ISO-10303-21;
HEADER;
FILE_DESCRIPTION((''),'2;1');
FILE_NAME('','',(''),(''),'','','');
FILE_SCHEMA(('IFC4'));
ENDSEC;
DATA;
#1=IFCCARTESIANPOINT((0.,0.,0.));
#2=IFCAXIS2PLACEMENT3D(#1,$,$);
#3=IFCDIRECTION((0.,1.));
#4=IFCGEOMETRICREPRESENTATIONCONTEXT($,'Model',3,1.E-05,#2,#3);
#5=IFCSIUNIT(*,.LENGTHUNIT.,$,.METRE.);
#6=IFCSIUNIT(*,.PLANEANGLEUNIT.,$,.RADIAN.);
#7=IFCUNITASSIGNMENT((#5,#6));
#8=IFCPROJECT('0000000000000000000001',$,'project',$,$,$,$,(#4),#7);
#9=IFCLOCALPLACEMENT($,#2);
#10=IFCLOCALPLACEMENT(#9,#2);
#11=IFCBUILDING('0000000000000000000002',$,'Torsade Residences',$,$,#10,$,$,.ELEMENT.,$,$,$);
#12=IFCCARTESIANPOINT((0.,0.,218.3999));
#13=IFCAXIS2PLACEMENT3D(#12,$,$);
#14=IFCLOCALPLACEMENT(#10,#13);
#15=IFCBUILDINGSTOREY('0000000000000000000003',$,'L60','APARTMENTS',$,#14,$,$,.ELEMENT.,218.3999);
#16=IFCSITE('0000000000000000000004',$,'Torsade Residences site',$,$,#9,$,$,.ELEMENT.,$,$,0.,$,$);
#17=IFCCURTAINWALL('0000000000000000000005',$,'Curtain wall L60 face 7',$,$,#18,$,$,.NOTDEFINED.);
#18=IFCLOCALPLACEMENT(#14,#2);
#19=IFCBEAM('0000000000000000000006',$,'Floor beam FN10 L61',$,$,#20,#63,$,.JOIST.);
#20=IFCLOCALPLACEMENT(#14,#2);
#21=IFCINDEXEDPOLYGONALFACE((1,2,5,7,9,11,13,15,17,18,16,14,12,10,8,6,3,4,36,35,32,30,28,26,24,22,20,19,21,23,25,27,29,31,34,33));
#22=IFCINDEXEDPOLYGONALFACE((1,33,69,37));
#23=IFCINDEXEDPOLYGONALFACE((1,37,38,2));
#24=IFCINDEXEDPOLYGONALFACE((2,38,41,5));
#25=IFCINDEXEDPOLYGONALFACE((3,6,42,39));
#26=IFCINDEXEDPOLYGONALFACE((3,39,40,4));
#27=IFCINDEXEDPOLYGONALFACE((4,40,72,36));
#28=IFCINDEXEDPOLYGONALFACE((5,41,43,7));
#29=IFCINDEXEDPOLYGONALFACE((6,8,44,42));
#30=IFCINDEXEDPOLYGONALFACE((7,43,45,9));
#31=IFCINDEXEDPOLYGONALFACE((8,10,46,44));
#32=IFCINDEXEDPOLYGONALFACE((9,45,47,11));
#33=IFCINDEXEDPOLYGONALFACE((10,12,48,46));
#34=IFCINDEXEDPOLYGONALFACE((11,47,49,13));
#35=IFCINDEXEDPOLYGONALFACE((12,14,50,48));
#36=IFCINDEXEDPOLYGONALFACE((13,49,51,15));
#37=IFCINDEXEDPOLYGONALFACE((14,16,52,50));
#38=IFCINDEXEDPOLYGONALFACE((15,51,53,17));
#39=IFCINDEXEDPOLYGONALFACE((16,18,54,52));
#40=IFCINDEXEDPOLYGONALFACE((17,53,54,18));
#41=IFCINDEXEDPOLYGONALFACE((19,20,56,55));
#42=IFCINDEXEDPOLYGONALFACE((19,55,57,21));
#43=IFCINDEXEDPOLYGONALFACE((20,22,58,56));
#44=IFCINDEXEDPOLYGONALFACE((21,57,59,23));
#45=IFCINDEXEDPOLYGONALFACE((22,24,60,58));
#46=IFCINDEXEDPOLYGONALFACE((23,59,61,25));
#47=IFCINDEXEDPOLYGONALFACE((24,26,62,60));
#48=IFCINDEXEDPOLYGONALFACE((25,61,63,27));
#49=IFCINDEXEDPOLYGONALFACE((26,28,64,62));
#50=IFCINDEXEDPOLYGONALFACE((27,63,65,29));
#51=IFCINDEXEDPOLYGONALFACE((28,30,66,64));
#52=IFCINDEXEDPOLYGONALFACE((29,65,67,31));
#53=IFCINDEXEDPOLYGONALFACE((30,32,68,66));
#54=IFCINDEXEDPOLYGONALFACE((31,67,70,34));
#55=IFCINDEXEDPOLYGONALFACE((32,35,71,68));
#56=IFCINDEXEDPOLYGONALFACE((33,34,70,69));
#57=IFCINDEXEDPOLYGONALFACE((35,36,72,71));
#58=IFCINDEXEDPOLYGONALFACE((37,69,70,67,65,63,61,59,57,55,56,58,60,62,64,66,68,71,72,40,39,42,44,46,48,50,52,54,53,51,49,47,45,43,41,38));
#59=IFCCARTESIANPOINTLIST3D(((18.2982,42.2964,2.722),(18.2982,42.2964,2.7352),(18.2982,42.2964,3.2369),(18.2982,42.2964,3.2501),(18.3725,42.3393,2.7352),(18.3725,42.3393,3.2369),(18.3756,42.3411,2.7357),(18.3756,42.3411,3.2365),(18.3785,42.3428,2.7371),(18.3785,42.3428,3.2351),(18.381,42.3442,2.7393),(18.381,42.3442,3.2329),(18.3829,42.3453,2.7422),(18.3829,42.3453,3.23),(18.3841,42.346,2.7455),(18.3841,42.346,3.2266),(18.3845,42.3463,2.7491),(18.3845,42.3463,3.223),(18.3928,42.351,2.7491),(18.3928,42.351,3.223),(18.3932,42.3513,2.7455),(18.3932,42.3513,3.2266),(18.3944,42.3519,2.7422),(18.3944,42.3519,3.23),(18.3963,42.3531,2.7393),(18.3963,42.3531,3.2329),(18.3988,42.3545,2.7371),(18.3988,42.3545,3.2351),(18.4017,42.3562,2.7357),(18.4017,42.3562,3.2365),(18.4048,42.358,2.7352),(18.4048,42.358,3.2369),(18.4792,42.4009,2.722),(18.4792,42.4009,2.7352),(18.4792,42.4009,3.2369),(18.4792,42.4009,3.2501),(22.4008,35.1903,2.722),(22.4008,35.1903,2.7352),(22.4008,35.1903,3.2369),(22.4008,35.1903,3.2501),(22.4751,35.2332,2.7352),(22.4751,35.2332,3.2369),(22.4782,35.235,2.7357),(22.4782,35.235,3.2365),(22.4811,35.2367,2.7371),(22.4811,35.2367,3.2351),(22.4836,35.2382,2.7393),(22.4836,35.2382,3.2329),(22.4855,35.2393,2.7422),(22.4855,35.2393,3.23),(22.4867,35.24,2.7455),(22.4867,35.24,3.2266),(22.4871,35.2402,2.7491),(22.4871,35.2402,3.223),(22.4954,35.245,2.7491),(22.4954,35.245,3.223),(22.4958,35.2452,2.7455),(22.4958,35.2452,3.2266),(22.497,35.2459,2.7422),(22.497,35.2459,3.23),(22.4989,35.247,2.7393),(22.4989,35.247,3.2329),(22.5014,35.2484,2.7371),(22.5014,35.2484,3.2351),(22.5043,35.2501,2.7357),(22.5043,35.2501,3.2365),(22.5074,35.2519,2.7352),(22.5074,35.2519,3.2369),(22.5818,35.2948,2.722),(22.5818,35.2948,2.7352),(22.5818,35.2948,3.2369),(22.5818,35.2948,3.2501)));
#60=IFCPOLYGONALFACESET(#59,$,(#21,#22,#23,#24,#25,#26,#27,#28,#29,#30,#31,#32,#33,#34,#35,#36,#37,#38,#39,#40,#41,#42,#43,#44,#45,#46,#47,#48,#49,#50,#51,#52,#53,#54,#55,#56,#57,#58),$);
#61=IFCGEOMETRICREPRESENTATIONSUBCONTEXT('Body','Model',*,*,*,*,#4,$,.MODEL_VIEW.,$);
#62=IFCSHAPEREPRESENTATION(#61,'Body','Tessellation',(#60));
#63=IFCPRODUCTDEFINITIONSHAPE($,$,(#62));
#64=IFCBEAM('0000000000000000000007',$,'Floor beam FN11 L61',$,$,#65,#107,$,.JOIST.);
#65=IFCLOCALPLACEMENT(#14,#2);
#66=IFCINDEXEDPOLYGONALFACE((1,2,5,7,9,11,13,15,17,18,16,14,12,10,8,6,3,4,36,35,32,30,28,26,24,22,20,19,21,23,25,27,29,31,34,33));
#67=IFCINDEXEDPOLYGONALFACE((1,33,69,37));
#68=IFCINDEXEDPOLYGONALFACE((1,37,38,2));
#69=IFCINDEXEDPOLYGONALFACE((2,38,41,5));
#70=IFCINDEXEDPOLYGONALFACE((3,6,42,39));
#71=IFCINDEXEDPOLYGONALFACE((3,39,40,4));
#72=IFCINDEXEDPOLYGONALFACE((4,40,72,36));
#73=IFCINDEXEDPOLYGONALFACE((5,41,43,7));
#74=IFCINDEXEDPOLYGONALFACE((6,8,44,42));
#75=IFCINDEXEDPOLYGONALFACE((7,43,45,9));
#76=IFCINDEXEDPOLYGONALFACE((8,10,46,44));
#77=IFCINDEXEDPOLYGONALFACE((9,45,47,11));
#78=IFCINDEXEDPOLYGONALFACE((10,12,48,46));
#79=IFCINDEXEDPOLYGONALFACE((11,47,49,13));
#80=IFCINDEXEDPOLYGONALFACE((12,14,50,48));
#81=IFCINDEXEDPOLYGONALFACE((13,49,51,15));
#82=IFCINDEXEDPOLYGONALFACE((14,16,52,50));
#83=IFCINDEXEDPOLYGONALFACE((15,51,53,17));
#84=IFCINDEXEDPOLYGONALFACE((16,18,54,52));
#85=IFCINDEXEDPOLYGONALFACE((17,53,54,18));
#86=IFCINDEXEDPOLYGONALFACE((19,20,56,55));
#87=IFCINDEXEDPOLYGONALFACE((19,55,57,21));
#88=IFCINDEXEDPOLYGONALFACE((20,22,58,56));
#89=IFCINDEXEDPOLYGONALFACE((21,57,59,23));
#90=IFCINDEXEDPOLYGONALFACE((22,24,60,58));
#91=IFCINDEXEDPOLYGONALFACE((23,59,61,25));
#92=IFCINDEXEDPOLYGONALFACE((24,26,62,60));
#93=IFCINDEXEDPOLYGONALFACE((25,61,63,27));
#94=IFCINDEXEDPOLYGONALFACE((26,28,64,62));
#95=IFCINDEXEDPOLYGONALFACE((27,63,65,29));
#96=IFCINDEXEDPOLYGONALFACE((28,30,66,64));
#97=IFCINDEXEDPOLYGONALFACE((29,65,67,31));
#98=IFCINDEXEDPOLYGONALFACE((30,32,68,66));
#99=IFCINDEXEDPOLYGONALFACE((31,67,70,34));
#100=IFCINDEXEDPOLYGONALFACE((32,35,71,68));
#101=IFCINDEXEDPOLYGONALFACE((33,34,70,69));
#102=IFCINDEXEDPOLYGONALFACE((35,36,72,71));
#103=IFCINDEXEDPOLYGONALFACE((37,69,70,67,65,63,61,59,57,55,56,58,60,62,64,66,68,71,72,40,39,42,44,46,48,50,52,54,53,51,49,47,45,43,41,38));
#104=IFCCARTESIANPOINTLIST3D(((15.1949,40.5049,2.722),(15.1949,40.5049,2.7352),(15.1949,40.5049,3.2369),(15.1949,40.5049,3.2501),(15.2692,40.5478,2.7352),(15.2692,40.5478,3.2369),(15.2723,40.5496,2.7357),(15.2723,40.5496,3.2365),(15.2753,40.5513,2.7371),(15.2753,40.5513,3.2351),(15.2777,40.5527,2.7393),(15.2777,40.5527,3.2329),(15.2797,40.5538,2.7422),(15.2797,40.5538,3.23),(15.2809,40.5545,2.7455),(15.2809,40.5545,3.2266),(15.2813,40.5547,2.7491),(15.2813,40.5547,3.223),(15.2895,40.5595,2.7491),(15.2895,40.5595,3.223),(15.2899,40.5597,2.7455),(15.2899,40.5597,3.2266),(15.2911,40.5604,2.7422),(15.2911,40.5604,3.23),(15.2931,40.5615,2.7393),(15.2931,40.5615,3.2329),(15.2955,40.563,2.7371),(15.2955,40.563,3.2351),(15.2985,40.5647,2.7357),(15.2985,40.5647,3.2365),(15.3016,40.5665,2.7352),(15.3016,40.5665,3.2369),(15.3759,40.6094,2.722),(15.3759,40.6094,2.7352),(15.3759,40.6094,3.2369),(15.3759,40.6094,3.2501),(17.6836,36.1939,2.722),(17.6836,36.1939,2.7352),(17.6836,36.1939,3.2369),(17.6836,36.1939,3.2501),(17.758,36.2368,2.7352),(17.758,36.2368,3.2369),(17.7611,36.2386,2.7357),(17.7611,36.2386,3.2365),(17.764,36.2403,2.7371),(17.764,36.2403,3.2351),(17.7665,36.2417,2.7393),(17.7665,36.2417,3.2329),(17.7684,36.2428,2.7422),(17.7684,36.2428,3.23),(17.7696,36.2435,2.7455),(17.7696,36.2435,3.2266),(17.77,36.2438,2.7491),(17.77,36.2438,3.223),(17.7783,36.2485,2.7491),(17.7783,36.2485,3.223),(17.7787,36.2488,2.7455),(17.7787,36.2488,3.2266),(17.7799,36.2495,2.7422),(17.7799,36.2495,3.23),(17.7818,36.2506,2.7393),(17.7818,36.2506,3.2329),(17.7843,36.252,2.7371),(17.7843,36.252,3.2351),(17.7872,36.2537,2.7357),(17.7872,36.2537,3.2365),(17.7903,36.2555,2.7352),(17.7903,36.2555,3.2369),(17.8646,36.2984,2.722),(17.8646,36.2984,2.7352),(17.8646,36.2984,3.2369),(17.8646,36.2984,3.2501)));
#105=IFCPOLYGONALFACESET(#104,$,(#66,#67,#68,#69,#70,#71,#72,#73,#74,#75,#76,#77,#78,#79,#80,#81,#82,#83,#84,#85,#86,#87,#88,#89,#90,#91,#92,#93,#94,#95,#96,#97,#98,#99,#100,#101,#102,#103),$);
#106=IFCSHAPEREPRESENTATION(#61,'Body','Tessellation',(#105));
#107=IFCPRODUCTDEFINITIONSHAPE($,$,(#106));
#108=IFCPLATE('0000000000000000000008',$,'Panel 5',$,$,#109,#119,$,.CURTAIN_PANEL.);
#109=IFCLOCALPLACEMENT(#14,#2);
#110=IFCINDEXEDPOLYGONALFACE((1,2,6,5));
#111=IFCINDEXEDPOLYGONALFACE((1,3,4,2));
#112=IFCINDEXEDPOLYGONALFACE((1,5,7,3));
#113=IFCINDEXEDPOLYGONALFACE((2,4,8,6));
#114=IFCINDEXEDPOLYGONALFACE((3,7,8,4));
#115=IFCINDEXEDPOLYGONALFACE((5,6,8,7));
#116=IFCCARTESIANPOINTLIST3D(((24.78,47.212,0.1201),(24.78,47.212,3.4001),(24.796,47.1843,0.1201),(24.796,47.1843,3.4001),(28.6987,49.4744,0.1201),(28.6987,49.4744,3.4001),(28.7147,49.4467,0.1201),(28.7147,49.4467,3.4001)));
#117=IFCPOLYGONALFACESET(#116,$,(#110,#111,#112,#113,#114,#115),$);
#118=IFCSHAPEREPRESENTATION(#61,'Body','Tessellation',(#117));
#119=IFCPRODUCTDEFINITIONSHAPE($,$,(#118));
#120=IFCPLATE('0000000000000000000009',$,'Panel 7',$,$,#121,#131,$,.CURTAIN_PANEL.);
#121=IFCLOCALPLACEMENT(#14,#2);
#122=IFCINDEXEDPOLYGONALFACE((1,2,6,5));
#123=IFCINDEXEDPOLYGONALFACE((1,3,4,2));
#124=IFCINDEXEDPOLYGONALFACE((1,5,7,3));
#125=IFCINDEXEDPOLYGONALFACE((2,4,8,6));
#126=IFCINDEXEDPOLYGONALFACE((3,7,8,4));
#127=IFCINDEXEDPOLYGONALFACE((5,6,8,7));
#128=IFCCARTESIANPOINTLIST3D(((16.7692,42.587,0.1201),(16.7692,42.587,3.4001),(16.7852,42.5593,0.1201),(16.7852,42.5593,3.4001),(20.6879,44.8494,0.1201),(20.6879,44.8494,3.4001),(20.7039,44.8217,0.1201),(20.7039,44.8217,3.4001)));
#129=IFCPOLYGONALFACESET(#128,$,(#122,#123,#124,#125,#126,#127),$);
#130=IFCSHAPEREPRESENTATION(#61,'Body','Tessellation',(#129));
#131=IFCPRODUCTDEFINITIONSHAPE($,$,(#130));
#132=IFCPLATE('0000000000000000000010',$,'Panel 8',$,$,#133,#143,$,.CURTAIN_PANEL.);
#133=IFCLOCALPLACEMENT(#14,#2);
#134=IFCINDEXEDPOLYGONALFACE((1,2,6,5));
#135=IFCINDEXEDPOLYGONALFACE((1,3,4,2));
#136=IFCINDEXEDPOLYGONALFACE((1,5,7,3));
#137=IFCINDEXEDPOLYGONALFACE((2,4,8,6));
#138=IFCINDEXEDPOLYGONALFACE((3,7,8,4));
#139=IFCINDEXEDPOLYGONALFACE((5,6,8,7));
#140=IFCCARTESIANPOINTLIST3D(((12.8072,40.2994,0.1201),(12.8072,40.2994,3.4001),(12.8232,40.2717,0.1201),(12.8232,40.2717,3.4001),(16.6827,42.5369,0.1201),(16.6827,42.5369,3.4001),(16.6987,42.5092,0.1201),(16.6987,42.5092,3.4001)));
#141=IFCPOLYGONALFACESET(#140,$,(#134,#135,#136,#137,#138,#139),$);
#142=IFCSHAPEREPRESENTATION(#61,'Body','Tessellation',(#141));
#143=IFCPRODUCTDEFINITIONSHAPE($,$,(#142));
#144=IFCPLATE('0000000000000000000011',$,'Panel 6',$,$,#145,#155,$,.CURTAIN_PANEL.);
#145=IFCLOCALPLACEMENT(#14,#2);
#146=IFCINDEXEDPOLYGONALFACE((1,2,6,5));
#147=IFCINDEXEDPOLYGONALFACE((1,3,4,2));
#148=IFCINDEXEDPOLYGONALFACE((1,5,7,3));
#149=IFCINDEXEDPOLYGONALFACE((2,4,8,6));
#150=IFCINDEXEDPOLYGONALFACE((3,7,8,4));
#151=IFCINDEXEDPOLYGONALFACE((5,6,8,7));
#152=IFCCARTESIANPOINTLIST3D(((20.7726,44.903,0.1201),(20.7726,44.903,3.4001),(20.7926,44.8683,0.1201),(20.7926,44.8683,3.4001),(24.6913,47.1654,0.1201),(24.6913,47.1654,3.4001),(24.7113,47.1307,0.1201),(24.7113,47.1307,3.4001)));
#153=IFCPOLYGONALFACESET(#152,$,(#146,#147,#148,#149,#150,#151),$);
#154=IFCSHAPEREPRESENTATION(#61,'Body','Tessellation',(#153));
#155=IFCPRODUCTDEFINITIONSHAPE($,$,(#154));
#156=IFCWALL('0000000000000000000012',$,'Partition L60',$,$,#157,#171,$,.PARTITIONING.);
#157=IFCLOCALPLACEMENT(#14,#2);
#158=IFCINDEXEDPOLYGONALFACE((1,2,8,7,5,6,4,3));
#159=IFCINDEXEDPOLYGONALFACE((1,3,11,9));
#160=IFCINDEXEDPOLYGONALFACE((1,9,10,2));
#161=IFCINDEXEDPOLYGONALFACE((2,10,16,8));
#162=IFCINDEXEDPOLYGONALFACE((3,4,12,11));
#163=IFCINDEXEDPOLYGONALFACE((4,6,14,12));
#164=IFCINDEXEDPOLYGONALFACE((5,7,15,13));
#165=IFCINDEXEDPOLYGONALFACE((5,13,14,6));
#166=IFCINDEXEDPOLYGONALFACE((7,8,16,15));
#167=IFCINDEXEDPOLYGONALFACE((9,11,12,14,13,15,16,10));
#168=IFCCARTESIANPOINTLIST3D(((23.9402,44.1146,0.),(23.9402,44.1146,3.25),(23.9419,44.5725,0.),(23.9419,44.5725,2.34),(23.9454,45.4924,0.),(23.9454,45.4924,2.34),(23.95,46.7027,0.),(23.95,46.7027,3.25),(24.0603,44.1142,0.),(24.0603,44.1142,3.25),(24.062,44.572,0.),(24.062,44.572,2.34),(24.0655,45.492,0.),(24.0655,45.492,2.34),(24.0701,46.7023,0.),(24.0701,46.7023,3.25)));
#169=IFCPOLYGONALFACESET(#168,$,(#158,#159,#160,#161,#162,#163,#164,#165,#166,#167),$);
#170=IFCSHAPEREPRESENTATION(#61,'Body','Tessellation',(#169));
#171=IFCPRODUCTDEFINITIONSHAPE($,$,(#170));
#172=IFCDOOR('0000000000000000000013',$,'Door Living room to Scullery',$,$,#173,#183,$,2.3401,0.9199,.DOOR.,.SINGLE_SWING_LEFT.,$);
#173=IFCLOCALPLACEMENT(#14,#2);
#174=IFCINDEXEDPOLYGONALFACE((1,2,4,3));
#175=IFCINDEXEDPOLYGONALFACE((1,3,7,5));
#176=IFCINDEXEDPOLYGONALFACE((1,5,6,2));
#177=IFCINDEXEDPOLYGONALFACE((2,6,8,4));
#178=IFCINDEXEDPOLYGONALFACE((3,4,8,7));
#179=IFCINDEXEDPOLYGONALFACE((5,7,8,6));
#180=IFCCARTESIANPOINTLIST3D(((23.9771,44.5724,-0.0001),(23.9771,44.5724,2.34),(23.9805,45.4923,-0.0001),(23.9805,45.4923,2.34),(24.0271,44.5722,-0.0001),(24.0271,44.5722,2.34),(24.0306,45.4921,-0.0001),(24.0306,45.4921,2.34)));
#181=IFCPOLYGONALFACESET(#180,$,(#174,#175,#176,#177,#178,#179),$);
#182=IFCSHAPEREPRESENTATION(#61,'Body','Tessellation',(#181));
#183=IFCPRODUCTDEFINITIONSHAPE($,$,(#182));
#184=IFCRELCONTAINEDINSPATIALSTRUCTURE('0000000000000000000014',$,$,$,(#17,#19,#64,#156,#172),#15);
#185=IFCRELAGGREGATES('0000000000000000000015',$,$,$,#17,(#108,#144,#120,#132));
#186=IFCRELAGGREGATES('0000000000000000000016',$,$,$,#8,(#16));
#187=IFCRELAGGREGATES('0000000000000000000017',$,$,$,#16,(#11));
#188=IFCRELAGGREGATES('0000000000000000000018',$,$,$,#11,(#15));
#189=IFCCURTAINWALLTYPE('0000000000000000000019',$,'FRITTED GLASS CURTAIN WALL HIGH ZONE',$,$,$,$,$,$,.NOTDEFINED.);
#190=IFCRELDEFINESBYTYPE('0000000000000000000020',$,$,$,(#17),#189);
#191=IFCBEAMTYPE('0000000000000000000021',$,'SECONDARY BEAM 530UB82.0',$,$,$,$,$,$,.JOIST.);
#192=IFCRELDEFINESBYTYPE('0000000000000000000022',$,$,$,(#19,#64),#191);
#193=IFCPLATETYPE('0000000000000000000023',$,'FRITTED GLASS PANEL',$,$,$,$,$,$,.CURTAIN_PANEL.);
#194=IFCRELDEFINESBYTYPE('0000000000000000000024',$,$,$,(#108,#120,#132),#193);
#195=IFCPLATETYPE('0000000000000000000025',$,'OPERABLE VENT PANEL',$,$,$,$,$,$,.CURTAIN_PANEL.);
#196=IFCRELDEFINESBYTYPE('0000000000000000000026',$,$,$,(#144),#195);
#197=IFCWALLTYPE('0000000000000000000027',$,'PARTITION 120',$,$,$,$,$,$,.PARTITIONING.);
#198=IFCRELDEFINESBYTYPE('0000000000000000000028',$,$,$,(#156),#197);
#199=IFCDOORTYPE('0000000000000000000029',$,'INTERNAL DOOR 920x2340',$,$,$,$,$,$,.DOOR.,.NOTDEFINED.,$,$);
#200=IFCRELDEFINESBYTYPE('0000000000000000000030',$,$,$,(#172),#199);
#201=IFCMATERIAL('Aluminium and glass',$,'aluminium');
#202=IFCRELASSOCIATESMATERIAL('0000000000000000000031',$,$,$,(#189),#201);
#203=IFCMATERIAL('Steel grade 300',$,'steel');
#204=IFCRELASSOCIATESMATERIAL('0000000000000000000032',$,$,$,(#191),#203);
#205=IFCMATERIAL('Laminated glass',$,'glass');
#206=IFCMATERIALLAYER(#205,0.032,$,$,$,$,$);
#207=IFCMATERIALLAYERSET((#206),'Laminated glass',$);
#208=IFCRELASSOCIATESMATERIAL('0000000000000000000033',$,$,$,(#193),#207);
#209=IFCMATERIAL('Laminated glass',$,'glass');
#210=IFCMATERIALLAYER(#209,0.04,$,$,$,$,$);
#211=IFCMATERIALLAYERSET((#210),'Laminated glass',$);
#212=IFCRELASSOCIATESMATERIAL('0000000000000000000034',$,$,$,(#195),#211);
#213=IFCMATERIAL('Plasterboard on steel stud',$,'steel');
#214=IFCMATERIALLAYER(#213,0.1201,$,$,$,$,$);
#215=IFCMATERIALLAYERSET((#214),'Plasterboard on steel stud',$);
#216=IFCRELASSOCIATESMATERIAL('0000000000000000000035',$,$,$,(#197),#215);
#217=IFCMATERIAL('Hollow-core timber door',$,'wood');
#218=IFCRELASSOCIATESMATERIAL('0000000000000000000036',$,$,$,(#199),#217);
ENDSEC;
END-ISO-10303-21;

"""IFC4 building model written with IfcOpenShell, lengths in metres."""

from ifc_helpers import new_model, si_unit, direction, frame, frame_2d, origin, origin_2d, place, context, subcontext, project, spatial, rectangle, i_section, extrude, material, layer, layer_set, material_profile, profile_set, type_object, element, fill, aggregate, save


model = new_model("IFC4")

# Units and contexts
model_context = context("Model", 3, precision=1e-05, world=origin(), true_north=direction((0.0, 1.0)))
body_context = subcontext(model_context, "Body", "Model", "MODEL_VIEW")
ifc_project = project(units=[si_unit("LENGTHUNIT", "METRE"), si_unit("PLANEANGLEUNIT", "RADIAN")], contexts=[model_context])

# Site, building, storey
site_placement = place(None, origin())
site = spatial("IfcSite", under=ifc_project, at=site_placement, Name="Torsade Residences site", CompositionType="ELEMENT", RefElevation=0.0)
building_placement = place(site_placement, origin())
building = spatial("IfcBuilding", under=site, at=building_placement, Name="Torsade Residences", CompositionType="ELEMENT")
storey_placement = place(building_placement, frame((0.0, 0.0, 218.3999)))
storey = spatial("IfcBuildingStorey", under=building, at=storey_placement, Name="L60", Description="APARTMENTS", CompositionType="ELEMENT", Elevation=218.3999)

# Curtain wall
ifc_material_1 = material(Name="Aluminium and glass", Category="aluminium")
curtain_wall_type = type_object("IfcCurtainWallType", Name="FRITTED GLASS CURTAIN WALL HIGH ZONE", PredefinedType="NOTDEFINED", material=ifc_material_1)
curtain_wall_placement = place(storey_placement, origin())
curtain_wall = element("IfcCurtainWall", 1, at=curtain_wall_placement, inside=storey, type_object=curtain_wall_type, Name="Curtain wall L60 face 7", PredefinedType="NOTDEFINED")

# Beams
ifc_material_2 = material(Name="Steel grade 300", Category="steel")
ifc_material_profile_1 = material_profile(ifc_material_2, i_section(OverallWidth=0.209, OverallDepth=0.5281, WebThickness=0.0095, FlangeThickness=0.0132, FilletRadius=0.0139, at=origin_2d()), Name="530UB82.0")
ifc_profile_set_1 = profile_set([ifc_material_profile_1], Name="Steel grade 300")
beam_type_1 = type_object("IfcBeamType", Name="SECONDARY BEAM 530UB82.0", PredefinedType="JOIST", material=ifc_profile_set_1)
beam_1_placement = place(storey_placement, frame((18.3887, 42.3486, 2.9861), z_axis=(0.499992, -0.86603, 0.0), x_axis=(0.86603, 0.499992, 0.0)))
element("IfcBeam", 2, at=beam_1_placement, inside=storey, type_object=beam_type_1, Name="Floor beam FN10 L61", PredefinedType="JOIST", context=body_context, shape_type="SweptSolid", body=[
    extrude(i_section(OverallWidth=0.209, OverallDepth=0.5281, WebThickness=0.0095, FlangeThickness=0.0132, FilletRadius=0.0139, at=origin_2d()), origin(), (0.0, 0.0, 1.0), 8.2053),
])
beam_2_placement = place(storey_placement, frame((15.2854, 40.5571, 2.9861), z_axis=(0.499969, -0.866043, 0.0), x_axis=(0.866043, 0.499969, 0.0)))
element("IfcBeam", 3, at=beam_2_placement, inside=storey, type_object=beam_type_1, Name="Floor beam FN11 L61", PredefinedType="JOIST", context=body_context, shape_type="SweptSolid", body=[
    extrude(i_section(OverallWidth=0.209, OverallDepth=0.5281, WebThickness=0.0095, FlangeThickness=0.0132, FilletRadius=0.0139, at=origin_2d()), origin(), (0.0, 0.0, 1.0), 4.9778),
])

# Plates
ifc_material_3 = material(Name="Laminated glass", Category="glass")
ifc_layer_1 = layer(ifc_material_3, 0.032)
ifc_layer_set_1 = layer_set([ifc_layer_1], Name="Laminated glass")
plate_type_1 = type_object("IfcPlateType", Name="FRITTED GLASS PANEL", PredefinedType="CURTAIN_PANEL", material=ifc_layer_set_1)
plate_1_placement = place(storey_placement, frame((26.7473, 48.3293, 0.1201), z_axis=(0.0, 0.0, 1.0), x_axis=(-0.866025, -0.5, 0.0)))
plate_1 = element("IfcPlate", 4, at=plate_1_placement, type_object=plate_type_1, Name="Panel 5", PredefinedType="CURTAIN_PANEL", context=body_context, shape_type="SweptSolid", body=[
    extrude(rectangle(XDim=4.5249, YDim=0.032, at=origin_2d()), origin(), (0.0, 0.0, 1.0), 3.28),
])
plate_2_placement = place(storey_placement, frame((18.7366, 43.7043, 0.1201), z_axis=(0.0, 0.0, 1.0), x_axis=(-0.866025, -0.5, 0.0)))
plate_2 = element("IfcPlate", 5, at=plate_2_placement, type_object=plate_type_1, Name="Panel 7", PredefinedType="CURTAIN_PANEL", context=body_context, shape_type="SweptSolid", body=[
    extrude(rectangle(XDim=4.5249, YDim=0.032, at=origin_2d()), origin(), (0.0, 0.0, 1.0), 3.28),
])
plate_3_placement = place(storey_placement, frame((14.7529, 41.4043, 0.1201), z_axis=(0.0, 0.0, 1.0), x_axis=(-0.866025, -0.5, 0.0)))
plate_3 = element("IfcPlate", 6, at=plate_3_placement, type_object=plate_type_1, Name="Panel 8", PredefinedType="CURTAIN_PANEL", context=body_context, shape_type="SweptSolid", body=[
    extrude(rectangle(XDim=4.4751, YDim=0.032, at=origin_2d()), origin(), (0.0, 0.0, 1.0), 3.28),
])
ifc_material_4 = material(Name="Laminated glass", Category="glass")
ifc_layer_2 = layer(ifc_material_4, 0.04)
ifc_layer_set_2 = layer_set([ifc_layer_2], Name="Laminated glass")
plate_type_2 = type_object("IfcPlateType", Name="OPERABLE VENT PANEL", PredefinedType="CURTAIN_PANEL", material=ifc_layer_set_2)
plate_4_placement = place(storey_placement, frame((22.7419, 46.0168, 0.1201), z_axis=(0.0, 0.0, 1.0), x_axis=(-0.866025, -0.5, 0.0)))
plate_4 = element("IfcPlate", 7, at=plate_4_placement, type_object=plate_type_2, Name="Panel 6", PredefinedType="CURTAIN_PANEL", context=body_context, shape_type="SweptSolid", body=[
    extrude(rectangle(XDim=4.5249, YDim=0.04, at=origin_2d()), origin(), (0.0, 0.0, 1.0), 3.28),
])
aggregate(curtain_wall, [plate_1, plate_4, plate_2, plate_3])

# Wall, opening, door
ifc_material_5 = material(Name="Plasterboard on steel stud", Category="steel")
ifc_layer_3 = layer(ifc_material_5, 0.1201)
ifc_layer_set_3 = layer_set([ifc_layer_3], Name="Plasterboard on steel stud")
wall_type_1 = type_object("IfcWallType", Name="PARTITION 120", PredefinedType="PARTITIONING", material=ifc_layer_set_3)
wall_1_placement = place(storey_placement, frame((24.0002, 44.1145, 0.0), z_axis=(0.0, 0.0, 1.0), x_axis=(0.003773, 0.999993, 0.0)))
wall_1 = element("IfcWall", 8, at=wall_1_placement, inside=storey, type_object=wall_type_1, Name="Partition L60", PredefinedType="PARTITIONING", context=body_context, shape_type="SweptSolid", body=[
    extrude(rectangle(XDim=2.5881, YDim=0.1201, at=frame_2d((1.2939, 0.0))), origin(), (0.0, 0.0, 1.0), 3.25),
])
opening_1_placement = place(wall_1_placement, frame((0.4578, 0.0, 0.0)))
opening_1 = element("IfcOpeningElement", 9, at=opening_1_placement, cuts=wall_1, PredefinedType="OPENING", context=body_context, shape_type="SweptSolid", body=[
    extrude(rectangle(XDim=0.9199, YDim=2.3401, at=frame_2d((0.46, 1.1699))), frame((0.0, 0.0701, 0.0), z_axis=(0.0, -1.0, 0.0), x_axis=(1.0, 0.0, 0.0)), (0.0, 0.0, 1.0), 0.1401),
])
ifc_material_6 = material(Name="Hollow-core timber door", Category="wood")
door_type_1 = type_object("IfcDoorType", Name="INTERNAL DOOR 920x2340", OperationType="NOTDEFINED", PredefinedType="DOOR", material=ifc_material_6)
door_1_placement = place(opening_1_placement, origin())
door_1 = element("IfcDoor", 10, at=door_1_placement, inside=storey, type_object=door_type_1, Name="Door Living room to Scullery", OperationType="SINGLE_SWING_LEFT", OverallHeight=2.3401, OverallWidth=0.9199, PredefinedType="DOOR", context=body_context, shape_type="SweptSolid", body=[
    extrude(rectangle(XDim=0.9199, YDim=2.3401, at=frame_2d((0.46, 1.1699))), frame((0.0, 0.0249, 0.0), z_axis=(0.0, -1.0, 0.0), x_axis=(1.0, 0.0, 0.0)), (0.0, 0.0, 1.0), 0.05),
])
fill(opening_1, door_1)

save(model, "model.ifc")
